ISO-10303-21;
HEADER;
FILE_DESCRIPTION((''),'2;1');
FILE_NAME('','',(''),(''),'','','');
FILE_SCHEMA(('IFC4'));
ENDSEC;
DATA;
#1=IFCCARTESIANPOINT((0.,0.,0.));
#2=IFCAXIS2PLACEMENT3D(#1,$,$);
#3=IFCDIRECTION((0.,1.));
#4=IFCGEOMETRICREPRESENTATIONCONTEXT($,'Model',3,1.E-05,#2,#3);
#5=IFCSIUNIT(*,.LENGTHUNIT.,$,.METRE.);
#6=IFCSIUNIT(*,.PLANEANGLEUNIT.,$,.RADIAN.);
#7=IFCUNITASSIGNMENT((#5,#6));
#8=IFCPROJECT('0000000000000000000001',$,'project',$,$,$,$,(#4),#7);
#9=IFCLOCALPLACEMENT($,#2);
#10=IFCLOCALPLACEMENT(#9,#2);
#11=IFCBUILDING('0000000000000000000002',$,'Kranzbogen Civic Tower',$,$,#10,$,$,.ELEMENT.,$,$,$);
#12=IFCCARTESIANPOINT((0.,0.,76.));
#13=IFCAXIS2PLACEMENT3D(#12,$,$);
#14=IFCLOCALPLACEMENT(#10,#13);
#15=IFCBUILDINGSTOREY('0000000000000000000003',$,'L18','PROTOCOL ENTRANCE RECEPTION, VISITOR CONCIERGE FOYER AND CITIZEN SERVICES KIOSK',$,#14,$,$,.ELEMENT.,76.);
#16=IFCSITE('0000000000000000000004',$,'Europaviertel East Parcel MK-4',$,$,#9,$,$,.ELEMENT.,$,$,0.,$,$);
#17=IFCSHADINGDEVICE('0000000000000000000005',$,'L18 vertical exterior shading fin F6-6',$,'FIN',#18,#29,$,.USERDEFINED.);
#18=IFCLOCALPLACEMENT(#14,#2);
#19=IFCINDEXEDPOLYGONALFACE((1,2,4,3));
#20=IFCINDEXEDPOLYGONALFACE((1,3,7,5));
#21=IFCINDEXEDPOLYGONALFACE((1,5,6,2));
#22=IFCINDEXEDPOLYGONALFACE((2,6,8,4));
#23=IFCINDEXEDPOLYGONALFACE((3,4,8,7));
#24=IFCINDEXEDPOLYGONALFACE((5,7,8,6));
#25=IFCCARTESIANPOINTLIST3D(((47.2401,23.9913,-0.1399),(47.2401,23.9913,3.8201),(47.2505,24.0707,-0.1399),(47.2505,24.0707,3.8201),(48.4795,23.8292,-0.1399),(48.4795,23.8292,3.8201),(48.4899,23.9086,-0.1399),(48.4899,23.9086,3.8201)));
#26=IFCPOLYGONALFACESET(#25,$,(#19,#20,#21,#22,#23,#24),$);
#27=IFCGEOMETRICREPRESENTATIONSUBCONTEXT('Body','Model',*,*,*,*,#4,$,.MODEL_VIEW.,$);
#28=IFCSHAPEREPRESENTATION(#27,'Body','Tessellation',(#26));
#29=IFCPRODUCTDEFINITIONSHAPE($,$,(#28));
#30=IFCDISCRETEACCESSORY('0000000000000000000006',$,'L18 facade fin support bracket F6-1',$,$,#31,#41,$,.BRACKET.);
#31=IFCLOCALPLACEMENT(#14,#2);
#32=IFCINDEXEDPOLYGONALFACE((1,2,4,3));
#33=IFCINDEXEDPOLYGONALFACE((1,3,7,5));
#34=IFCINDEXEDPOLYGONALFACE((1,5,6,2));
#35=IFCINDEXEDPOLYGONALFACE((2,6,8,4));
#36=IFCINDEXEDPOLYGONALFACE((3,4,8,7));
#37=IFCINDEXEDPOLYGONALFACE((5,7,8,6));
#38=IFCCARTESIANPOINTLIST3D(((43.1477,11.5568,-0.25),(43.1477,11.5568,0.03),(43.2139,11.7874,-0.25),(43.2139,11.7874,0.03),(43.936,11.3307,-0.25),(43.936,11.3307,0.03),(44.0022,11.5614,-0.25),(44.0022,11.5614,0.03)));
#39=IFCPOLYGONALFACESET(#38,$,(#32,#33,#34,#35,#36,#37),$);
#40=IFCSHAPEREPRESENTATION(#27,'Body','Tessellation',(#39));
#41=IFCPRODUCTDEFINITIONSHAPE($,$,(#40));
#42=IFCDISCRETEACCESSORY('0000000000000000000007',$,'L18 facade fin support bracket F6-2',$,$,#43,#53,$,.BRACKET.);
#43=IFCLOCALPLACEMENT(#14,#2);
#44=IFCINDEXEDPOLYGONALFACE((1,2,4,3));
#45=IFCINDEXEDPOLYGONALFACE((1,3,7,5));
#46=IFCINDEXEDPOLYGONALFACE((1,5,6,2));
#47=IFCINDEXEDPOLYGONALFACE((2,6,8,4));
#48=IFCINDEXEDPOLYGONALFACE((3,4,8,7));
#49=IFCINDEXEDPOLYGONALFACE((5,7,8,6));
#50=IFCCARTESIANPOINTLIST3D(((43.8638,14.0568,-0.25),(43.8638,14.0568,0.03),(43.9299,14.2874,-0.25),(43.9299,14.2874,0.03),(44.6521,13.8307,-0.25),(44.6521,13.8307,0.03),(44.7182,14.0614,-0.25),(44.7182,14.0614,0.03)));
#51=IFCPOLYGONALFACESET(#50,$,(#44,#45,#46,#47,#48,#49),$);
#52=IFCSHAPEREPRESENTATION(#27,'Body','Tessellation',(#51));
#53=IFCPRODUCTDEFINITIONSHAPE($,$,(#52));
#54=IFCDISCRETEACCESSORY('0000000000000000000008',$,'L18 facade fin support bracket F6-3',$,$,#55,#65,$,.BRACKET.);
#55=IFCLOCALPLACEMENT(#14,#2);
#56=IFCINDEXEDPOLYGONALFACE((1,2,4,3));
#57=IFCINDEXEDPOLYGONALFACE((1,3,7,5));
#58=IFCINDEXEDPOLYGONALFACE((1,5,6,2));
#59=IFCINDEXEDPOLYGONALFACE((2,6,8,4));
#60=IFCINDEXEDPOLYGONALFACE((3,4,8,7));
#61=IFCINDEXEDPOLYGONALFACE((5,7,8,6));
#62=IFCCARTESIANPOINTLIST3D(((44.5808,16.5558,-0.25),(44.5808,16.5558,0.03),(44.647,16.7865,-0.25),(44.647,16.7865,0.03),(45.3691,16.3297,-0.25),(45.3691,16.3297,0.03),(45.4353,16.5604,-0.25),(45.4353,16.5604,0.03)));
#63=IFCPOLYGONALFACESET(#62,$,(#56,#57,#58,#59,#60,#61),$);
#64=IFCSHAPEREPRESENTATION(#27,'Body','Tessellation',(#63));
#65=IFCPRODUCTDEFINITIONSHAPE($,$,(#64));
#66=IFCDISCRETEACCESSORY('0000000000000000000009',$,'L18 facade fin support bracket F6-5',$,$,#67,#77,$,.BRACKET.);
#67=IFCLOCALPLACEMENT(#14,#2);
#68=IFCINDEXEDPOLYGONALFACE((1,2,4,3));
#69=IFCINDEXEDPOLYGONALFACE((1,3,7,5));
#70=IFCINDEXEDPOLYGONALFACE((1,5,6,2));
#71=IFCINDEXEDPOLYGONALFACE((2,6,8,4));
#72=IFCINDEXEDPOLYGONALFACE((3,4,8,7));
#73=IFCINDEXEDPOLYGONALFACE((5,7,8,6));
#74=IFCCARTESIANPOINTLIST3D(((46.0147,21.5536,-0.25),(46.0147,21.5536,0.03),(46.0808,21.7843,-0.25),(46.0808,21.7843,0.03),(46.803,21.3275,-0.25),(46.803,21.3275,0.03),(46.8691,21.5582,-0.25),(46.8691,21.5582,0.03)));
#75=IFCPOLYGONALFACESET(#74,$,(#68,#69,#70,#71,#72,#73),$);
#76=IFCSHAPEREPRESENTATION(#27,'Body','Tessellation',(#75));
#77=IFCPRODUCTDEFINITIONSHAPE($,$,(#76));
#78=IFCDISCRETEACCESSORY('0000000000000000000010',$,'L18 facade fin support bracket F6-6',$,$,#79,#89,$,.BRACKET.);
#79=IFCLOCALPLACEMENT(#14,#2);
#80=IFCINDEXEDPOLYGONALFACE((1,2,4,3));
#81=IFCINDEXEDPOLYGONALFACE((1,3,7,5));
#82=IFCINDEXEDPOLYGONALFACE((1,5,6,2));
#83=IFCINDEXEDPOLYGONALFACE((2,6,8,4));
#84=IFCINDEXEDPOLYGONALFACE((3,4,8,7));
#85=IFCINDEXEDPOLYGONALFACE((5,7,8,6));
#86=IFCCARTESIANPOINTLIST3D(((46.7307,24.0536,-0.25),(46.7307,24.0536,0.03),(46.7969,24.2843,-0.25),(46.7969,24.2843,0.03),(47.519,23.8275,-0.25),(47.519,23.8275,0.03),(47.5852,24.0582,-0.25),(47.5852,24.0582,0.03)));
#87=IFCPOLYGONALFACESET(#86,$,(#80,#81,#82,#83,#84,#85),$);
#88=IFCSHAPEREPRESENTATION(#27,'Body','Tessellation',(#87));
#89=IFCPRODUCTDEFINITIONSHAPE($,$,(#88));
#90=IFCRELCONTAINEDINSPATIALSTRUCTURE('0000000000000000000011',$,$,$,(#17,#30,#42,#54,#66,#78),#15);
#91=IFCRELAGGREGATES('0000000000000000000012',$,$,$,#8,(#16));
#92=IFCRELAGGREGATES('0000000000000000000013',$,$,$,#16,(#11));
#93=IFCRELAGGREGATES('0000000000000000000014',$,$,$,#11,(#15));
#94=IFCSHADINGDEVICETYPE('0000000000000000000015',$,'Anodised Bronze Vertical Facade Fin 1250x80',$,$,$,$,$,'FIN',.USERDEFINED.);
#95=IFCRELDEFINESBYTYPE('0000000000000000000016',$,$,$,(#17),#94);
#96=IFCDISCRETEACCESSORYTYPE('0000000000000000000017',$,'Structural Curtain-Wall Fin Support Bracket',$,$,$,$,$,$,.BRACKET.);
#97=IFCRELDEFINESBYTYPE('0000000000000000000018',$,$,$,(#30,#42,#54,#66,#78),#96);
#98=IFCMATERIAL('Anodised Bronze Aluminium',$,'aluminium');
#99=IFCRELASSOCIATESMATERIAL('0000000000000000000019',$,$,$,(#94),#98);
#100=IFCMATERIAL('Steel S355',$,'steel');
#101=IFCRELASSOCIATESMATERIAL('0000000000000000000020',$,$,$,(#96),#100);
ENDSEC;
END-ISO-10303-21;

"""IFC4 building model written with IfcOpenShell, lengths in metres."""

from ifc_helpers import new_model, si_unit, direction, frame, origin, origin_2d, place, context, subcontext, project, spatial, rectangle, extrude, material, type_object, element, save


model = new_model("IFC4")

# Units and contexts
model_context = context("Model", 3, precision=1e-05, world=origin(), true_north=direction((0.0, 1.0)))
body_context = subcontext(model_context, "Body", "Model", "MODEL_VIEW")
ifc_project = project(units=[si_unit("LENGTHUNIT", "METRE"), si_unit("PLANEANGLEUNIT", "RADIAN")], contexts=[model_context])

# Site, building, storey
site_placement = place(None, origin())
site = spatial("IfcSite", under=ifc_project, at=site_placement, Name="Europaviertel East Parcel MK-4", CompositionType="ELEMENT", RefElevation=0.0)
building_placement = place(site_placement, origin())
building = spatial("IfcBuilding", under=site, at=building_placement, Name="Kranzbogen Civic Tower", CompositionType="ELEMENT")
storey_placement = place(building_placement, frame((0.0, 0.0, 76.0)))
storey = spatial("IfcBuildingStorey", under=building, at=storey_placement, Name="L18", Description="PROTOCOL ENTRANCE RECEPTION, VISITOR CONCIERGE FOYER AND CITIZEN SERVICES KIOSK", CompositionType="ELEMENT", Elevation=76.0)

# Shared definitions
ifc_material_1 = material(Name="Steel S355", Category="steel")

# Shading device
ifc_material_2 = material(Name="Anodised Bronze Aluminium", Category="aluminium")
shading_device_type = type_object("IfcShadingDeviceType", Name="Anodised Bronze Vertical Facade Fin 1250x80", ElementType="FIN", PredefinedType="USERDEFINED", material=ifc_material_2)
for number, where, z_axis, x_axis, name in (
    (1, (47.865, 23.95, -0.1399), (0.0, 0.0, 1.0), (0.991554, -0.129696, 0.0), "L18 vertical exterior shading fin F6-6"),
):
    element("IfcShadingDevice", number, at=place(storey_placement, frame(where, z_axis=z_axis, x_axis=x_axis)), inside=storey, type_object=shading_device_type, Name=name, ObjectType="FIN", PredefinedType="USERDEFINED", context=body_context, shape_type="SweptSolid", body=[
        extrude(rectangle(XDim=1.25, YDim=0.0801, at=origin_2d()), origin(), (0.0, 0.0, 1.0), 3.96),
    ])

# Discrete accessories
discrete_accessory_type = type_object("IfcDiscreteAccessoryType", Name="Structural Curtain-Wall Fin Support Bracket", PredefinedType="BRACKET", material=ifc_material_1)
for number, where, z_axis, x_axis, name in (
    (2, (43.575, 11.5591, -0.25), (0.0, 0.0, 1.0), (0.961262, -0.275637, 0.0), "L18 facade fin support bracket F6-1"),
    (3, (44.291, 14.0591, -0.25), (0.0, 0.0, 1.0), (0.961262, -0.275637, 0.0), "L18 facade fin support bracket F6-2"),
    (4, (45.0081, 16.5581, -0.25), (0.0, 0.0, 1.0), (0.961262, -0.275637, 0.0), "L18 facade fin support bracket F6-3"),
    (5, (46.4419, 21.5559, -0.25), (0.0, 0.0, 1.0), (0.961262, -0.275637, 0.0), "L18 facade fin support bracket F6-5"),
    (6, (47.158, 24.0559, -0.25), (0.0, 0.0, 1.0), (0.961262, -0.275637, 0.0), "L18 facade fin support bracket F6-6"),
):
    element("IfcDiscreteAccessory", number, at=place(storey_placement, frame(where, z_axis=z_axis, x_axis=x_axis)), inside=storey, type_object=discrete_accessory_type, Name=name, PredefinedType="BRACKET", context=body_context, shape_type="SweptSolid", body=[
        extrude(rectangle(XDim=0.8201, YDim=0.24, at=origin_2d()), origin(), (0.0, 0.0, 1.0), 0.28),
    ])

save(model, "model.ifc")
